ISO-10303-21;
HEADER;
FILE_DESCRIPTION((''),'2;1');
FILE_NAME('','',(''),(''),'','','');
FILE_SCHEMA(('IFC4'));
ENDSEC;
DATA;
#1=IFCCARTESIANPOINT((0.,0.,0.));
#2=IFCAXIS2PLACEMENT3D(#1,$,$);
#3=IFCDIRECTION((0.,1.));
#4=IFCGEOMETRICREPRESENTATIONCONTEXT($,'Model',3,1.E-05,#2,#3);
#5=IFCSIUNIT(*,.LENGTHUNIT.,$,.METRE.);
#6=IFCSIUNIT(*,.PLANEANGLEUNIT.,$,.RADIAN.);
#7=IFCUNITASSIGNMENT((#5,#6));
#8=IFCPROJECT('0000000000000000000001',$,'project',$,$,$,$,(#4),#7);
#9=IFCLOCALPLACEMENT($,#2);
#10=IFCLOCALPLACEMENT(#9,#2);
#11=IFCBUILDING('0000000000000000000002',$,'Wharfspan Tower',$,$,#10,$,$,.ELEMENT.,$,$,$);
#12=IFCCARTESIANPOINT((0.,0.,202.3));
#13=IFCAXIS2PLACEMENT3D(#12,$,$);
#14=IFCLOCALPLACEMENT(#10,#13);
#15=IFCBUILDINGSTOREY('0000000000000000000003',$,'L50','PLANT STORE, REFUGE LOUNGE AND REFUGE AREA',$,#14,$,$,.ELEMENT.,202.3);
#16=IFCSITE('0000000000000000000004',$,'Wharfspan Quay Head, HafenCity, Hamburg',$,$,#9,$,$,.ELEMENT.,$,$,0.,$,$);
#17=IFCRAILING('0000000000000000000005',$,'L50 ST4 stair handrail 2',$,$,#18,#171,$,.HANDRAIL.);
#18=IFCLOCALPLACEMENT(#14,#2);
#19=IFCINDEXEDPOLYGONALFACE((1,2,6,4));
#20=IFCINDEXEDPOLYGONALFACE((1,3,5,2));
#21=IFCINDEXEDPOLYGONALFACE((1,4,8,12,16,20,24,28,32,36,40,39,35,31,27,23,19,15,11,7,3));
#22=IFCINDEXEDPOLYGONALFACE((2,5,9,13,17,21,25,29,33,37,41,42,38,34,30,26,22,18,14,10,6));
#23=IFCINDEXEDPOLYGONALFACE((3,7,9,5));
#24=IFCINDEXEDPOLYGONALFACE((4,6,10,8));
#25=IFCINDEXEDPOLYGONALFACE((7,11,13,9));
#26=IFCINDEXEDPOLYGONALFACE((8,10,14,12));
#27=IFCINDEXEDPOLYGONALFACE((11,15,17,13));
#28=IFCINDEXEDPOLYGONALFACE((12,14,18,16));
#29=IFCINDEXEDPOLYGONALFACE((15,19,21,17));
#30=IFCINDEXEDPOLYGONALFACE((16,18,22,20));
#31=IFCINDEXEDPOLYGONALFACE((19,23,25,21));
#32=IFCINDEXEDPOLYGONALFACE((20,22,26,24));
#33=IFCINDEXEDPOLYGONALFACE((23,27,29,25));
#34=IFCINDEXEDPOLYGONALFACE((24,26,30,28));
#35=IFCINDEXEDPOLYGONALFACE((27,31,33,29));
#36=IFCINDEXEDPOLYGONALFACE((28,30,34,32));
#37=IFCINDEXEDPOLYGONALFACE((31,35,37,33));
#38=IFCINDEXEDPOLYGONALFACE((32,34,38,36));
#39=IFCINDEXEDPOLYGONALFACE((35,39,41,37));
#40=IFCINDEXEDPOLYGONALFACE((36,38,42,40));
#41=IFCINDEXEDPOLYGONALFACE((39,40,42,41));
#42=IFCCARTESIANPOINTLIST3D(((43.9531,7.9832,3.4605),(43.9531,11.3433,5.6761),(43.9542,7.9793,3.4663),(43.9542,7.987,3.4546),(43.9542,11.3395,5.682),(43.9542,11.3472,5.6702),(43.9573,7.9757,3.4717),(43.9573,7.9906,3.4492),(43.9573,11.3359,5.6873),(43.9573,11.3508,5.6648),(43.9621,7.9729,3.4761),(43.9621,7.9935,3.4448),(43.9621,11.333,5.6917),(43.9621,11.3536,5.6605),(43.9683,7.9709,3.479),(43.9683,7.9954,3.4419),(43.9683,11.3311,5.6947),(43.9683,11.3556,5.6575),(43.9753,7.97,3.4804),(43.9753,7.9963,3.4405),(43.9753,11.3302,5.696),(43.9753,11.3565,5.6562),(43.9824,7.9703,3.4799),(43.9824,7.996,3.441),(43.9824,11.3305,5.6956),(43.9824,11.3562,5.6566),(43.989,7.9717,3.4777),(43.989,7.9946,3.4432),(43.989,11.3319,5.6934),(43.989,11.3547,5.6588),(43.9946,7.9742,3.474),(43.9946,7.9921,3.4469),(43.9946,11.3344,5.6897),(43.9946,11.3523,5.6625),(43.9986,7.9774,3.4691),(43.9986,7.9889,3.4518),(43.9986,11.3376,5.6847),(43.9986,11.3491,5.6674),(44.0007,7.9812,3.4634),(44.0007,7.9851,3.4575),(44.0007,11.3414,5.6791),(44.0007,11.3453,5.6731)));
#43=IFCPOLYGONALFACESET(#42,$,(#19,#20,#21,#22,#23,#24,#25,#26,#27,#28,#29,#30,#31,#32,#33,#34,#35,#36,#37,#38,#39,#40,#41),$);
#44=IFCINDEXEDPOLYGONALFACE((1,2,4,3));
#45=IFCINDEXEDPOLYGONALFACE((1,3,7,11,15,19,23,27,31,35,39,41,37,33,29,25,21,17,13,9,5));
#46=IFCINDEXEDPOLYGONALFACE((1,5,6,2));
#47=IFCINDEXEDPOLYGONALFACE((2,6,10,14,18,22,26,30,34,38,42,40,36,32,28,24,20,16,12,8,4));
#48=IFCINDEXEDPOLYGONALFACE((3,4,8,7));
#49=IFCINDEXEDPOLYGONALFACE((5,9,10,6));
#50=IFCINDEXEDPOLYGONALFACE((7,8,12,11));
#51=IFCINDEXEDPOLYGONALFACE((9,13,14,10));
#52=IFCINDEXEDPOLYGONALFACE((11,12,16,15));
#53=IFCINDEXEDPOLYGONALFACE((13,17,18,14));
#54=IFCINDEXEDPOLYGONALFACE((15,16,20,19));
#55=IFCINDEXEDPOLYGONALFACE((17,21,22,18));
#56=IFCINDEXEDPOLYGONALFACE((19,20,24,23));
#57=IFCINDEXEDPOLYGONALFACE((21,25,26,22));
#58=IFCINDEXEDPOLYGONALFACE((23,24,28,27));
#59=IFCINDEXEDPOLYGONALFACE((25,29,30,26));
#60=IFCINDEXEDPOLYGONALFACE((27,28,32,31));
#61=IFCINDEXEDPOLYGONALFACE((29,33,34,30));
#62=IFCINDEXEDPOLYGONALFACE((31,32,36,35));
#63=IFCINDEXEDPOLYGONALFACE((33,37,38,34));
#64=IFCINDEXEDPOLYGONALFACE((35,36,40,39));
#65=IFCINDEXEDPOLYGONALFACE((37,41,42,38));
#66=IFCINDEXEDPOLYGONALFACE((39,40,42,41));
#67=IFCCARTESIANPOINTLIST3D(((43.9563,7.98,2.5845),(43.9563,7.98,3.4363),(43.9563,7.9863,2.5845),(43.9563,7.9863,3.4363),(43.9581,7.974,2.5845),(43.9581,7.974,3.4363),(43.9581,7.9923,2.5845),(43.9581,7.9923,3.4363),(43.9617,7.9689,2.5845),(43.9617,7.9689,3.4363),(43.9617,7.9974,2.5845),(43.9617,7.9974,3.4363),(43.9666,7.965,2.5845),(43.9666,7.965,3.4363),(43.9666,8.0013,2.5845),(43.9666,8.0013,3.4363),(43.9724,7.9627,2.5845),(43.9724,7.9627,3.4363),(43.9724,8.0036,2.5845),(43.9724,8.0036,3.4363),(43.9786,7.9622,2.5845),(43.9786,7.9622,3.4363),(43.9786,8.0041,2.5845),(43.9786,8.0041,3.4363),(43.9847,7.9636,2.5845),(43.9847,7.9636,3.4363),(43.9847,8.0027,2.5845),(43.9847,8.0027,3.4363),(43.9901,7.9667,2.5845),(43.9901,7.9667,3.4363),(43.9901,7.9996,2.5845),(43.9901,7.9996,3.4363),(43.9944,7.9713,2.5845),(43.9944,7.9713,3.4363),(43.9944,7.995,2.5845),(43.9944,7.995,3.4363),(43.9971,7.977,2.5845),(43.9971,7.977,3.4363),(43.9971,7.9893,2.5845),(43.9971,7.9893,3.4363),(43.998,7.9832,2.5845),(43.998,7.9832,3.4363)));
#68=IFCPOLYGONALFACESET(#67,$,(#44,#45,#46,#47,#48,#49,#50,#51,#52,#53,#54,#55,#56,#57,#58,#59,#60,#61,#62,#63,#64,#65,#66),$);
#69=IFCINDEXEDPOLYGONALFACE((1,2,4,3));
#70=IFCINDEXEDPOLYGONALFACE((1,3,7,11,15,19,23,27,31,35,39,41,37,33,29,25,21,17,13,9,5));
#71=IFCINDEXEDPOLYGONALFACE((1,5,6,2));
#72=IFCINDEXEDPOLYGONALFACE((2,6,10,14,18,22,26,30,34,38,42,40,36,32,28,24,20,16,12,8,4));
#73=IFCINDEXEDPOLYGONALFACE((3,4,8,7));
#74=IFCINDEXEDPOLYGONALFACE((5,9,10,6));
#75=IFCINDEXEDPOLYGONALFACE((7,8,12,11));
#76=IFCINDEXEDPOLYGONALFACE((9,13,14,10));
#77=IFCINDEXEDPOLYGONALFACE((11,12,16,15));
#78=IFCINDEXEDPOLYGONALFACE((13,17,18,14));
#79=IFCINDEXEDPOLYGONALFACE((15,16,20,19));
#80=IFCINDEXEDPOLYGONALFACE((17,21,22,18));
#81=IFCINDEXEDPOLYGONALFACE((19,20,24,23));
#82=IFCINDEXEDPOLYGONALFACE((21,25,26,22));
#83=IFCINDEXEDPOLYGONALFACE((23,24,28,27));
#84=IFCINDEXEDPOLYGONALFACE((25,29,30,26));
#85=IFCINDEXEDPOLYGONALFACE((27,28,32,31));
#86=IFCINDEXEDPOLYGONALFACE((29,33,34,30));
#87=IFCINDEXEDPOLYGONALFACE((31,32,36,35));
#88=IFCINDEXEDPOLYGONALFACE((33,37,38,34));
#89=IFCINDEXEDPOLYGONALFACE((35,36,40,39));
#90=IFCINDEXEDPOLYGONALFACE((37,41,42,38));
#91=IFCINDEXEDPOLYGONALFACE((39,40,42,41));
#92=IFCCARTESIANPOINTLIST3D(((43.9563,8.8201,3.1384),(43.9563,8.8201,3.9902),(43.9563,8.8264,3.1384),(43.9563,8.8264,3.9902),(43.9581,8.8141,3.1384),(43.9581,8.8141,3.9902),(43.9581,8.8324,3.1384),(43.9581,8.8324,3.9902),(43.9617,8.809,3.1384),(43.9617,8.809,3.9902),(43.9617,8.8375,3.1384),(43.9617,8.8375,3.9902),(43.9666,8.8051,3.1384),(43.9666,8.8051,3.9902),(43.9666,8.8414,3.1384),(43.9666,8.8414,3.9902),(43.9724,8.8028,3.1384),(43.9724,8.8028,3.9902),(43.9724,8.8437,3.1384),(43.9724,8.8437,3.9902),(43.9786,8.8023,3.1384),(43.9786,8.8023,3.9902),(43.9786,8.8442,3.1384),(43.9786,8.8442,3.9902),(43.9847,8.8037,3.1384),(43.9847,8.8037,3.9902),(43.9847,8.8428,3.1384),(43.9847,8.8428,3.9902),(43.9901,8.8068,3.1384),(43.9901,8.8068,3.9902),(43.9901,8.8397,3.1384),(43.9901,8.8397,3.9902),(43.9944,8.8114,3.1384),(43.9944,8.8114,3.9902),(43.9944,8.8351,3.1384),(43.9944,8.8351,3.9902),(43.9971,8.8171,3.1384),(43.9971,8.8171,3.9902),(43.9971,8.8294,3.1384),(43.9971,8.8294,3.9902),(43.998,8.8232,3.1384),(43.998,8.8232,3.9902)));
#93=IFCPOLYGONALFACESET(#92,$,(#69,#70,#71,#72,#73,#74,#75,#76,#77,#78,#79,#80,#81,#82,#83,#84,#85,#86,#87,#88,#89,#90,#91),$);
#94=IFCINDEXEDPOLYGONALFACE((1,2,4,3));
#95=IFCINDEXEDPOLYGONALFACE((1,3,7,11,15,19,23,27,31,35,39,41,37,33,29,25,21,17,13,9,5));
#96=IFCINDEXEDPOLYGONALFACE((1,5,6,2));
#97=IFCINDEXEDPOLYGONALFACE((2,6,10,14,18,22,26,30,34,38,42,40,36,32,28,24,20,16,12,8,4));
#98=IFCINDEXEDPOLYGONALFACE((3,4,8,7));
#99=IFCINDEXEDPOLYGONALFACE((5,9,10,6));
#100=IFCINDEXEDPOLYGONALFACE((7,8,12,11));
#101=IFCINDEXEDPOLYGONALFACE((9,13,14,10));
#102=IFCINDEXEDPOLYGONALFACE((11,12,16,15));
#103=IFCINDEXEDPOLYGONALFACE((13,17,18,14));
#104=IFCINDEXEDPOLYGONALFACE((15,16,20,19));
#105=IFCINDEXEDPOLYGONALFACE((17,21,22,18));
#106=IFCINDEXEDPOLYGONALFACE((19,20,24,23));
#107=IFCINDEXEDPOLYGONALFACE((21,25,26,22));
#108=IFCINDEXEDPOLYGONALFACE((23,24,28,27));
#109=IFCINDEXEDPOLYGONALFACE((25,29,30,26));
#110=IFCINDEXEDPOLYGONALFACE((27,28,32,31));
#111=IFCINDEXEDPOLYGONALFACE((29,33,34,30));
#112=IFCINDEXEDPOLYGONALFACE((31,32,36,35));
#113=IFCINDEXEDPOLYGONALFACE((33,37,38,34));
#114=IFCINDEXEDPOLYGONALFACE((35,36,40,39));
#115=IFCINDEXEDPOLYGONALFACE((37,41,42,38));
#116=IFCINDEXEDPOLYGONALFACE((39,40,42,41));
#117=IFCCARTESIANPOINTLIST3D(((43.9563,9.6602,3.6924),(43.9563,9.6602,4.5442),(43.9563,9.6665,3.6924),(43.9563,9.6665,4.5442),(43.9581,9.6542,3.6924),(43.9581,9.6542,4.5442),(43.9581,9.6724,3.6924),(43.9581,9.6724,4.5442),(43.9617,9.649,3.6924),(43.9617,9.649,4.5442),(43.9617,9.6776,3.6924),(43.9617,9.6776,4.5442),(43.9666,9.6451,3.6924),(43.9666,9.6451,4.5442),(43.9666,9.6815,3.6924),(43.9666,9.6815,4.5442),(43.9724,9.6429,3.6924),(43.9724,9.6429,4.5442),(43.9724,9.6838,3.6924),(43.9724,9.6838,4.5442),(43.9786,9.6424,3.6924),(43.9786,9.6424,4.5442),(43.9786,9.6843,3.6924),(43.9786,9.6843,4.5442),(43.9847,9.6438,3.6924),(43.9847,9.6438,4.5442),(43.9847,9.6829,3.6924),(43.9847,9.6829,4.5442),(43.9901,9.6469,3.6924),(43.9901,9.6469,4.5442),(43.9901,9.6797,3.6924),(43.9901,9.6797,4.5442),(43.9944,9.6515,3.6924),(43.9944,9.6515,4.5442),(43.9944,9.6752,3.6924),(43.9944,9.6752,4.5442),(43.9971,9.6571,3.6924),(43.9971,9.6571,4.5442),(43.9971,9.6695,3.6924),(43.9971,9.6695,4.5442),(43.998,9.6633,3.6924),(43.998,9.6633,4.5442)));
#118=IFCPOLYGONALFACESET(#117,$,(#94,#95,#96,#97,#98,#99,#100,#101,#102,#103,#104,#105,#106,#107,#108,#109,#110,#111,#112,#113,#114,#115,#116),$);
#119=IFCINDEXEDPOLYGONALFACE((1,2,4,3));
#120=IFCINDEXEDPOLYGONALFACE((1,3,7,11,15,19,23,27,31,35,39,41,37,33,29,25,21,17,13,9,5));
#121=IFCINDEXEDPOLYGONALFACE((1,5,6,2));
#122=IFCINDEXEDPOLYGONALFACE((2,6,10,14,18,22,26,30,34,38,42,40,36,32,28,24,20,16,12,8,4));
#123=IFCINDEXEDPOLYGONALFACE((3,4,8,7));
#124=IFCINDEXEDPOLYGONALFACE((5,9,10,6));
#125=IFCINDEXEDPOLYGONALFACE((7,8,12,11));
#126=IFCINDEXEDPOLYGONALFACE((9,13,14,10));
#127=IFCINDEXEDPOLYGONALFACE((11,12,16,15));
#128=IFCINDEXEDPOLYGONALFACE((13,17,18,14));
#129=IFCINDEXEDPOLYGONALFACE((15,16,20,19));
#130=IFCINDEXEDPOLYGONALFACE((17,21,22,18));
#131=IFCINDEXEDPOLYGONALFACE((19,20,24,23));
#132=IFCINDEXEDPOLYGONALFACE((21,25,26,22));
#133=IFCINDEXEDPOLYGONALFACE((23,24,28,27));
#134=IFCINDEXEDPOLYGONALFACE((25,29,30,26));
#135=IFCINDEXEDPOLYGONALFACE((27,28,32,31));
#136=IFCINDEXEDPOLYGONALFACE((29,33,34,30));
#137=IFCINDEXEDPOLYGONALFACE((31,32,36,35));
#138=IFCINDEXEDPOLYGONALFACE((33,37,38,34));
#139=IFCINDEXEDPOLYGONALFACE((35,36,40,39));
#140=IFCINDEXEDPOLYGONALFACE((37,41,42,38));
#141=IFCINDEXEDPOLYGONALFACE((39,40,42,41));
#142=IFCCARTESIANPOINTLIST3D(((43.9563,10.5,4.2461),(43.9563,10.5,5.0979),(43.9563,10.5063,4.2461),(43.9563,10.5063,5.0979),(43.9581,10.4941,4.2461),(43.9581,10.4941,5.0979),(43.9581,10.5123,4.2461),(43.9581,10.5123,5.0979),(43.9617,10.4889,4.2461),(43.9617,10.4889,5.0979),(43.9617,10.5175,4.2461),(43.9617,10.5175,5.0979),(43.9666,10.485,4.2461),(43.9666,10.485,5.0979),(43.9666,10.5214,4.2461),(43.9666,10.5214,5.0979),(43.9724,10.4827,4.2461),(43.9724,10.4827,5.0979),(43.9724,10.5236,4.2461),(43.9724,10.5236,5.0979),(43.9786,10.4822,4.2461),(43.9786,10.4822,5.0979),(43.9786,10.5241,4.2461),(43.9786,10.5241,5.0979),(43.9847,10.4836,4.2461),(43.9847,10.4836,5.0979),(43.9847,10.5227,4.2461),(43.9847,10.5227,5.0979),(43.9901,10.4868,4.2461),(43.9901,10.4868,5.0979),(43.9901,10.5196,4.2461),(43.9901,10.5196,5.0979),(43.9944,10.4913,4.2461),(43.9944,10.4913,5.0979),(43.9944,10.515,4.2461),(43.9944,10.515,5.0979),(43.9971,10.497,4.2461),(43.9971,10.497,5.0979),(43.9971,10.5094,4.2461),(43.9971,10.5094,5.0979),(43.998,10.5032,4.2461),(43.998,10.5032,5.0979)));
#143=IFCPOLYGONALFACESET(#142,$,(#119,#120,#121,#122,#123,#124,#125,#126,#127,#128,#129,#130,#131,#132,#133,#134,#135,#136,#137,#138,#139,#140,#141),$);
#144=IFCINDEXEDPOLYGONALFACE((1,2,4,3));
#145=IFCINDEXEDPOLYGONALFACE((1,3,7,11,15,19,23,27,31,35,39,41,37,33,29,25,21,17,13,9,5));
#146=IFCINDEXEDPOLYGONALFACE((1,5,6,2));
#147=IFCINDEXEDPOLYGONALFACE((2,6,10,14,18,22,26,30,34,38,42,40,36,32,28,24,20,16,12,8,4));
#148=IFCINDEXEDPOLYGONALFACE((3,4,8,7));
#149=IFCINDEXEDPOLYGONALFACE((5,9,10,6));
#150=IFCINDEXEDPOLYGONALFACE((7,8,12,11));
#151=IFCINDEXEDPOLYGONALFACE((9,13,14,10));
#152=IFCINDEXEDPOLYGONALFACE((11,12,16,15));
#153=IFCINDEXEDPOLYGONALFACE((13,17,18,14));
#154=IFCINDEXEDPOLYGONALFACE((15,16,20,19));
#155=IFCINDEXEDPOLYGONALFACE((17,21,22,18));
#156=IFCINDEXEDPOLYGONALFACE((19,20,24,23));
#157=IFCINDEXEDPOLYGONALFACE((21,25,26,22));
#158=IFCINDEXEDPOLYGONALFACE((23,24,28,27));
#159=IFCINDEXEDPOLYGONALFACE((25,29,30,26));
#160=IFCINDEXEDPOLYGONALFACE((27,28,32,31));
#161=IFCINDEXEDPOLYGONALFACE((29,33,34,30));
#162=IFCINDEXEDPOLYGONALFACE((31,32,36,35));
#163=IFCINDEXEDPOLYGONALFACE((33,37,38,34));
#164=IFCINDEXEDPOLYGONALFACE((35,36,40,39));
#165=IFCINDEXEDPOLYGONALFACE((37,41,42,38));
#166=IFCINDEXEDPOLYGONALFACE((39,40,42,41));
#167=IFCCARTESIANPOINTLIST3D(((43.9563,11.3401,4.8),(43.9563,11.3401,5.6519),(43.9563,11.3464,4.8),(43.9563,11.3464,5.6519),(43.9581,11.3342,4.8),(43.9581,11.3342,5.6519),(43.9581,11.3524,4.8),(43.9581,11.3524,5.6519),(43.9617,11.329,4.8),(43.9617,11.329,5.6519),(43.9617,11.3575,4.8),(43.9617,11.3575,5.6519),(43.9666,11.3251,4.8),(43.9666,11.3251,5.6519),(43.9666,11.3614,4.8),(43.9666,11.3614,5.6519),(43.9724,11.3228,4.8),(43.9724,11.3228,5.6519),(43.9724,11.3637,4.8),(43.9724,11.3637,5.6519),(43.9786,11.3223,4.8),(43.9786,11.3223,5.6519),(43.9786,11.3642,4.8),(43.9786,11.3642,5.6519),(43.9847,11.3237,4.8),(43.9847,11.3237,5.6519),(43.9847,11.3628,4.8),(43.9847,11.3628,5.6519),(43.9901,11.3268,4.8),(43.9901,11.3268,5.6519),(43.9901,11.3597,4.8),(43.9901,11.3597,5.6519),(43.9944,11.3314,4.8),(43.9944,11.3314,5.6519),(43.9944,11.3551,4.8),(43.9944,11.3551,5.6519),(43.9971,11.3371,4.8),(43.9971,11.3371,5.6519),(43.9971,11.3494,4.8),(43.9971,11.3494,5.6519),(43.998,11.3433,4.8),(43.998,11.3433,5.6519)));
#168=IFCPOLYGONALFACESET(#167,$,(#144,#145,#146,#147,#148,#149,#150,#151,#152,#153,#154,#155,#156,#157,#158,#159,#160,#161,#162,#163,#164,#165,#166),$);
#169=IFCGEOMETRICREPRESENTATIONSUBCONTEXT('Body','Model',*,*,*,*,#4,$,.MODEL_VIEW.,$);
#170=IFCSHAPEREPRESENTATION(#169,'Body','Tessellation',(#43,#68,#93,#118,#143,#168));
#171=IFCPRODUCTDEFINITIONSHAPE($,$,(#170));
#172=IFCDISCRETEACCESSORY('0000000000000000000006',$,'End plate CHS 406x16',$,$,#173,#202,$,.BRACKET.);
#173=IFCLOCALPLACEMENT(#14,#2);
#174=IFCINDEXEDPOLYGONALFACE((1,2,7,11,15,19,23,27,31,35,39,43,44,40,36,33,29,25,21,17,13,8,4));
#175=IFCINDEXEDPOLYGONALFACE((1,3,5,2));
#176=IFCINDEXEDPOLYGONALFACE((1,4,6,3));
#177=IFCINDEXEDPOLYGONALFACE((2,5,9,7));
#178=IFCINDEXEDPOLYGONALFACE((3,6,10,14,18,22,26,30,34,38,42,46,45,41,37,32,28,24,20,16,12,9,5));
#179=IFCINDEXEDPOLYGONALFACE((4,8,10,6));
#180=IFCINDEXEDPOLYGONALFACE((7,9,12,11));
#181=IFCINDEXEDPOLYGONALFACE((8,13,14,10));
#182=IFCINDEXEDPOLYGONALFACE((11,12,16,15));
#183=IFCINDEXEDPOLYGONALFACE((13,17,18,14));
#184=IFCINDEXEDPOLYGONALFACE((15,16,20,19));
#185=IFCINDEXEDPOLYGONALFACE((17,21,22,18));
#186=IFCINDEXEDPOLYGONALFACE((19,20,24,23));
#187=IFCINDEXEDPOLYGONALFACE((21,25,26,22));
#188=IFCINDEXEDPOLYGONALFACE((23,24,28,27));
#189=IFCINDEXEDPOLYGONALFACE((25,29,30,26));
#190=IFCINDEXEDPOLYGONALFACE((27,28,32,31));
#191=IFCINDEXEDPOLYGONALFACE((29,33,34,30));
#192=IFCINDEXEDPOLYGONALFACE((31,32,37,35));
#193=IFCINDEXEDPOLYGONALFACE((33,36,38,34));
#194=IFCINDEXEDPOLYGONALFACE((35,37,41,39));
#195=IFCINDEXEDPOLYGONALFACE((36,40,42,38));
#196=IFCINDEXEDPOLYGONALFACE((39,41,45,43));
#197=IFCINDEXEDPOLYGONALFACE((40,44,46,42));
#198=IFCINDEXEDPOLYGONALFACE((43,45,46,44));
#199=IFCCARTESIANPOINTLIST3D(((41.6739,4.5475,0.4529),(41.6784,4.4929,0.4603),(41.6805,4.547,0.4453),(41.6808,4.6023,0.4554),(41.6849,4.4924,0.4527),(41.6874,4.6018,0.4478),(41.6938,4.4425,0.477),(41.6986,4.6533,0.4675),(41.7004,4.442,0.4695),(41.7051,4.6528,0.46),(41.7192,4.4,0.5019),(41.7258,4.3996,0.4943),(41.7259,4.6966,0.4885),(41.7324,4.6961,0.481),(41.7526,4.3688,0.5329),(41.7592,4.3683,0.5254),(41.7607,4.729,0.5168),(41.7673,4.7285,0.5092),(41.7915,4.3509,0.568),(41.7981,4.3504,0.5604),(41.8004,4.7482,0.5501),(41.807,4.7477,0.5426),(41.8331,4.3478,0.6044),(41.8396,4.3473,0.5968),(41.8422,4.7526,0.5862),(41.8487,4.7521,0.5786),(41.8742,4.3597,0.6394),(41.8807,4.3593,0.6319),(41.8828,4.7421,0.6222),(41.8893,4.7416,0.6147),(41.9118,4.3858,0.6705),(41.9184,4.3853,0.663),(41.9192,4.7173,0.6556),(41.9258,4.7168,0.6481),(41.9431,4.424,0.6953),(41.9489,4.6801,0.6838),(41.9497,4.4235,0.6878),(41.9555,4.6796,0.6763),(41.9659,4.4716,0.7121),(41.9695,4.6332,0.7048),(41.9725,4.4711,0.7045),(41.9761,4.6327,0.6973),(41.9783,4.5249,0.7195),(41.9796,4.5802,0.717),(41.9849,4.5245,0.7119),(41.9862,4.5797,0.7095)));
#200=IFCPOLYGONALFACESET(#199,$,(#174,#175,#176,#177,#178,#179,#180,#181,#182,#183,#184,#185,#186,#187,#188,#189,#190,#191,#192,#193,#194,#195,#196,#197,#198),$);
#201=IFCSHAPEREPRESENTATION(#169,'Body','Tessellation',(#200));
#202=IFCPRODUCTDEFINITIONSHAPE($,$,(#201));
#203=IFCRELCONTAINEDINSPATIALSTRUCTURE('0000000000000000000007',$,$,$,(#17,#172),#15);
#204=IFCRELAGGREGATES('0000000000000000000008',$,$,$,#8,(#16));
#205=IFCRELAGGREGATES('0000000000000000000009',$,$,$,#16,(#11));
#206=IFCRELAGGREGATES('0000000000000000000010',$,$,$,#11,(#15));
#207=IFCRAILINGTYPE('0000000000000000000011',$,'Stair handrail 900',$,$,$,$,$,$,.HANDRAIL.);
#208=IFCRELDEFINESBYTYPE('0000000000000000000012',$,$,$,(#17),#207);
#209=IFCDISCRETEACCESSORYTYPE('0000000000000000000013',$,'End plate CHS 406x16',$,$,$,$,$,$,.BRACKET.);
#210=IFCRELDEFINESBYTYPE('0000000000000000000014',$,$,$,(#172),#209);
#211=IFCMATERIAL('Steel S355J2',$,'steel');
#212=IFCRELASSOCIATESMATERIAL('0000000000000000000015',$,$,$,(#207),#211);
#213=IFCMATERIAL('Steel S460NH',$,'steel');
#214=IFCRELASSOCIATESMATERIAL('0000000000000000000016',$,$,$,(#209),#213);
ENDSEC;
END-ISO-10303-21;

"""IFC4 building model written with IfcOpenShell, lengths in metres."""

from ifc_helpers import new_model, si_unit, direction, frame, origin, origin_2d, place, context, subcontext, project, spatial, circle, extrude, material, material_profile, profile_set, type_object, element, save


model = new_model("IFC4")

# Units and contexts
model_context = context("Model", 3, precision=1e-05, world=origin(), true_north=direction((0.0, 1.0)))
body_context = subcontext(model_context, "Body", "Model", "MODEL_VIEW")
ifc_project = project(units=[si_unit("LENGTHUNIT", "METRE"), si_unit("PLANEANGLEUNIT", "RADIAN")], contexts=[model_context])

# Site, building, storey
site_placement = place(None, origin())
site = spatial("IfcSite", under=ifc_project, at=site_placement, Name="Wharfspan Quay Head, HafenCity, Hamburg", CompositionType="ELEMENT", RefElevation=0.0)
building_placement = place(site_placement, origin())
building = spatial("IfcBuilding", under=site, at=building_placement, Name="Wharfspan Tower", CompositionType="ELEMENT")
storey_placement = place(building_placement, frame((0.0, 0.0, 202.3)))
storey = spatial("IfcBuildingStorey", under=building, at=storey_placement, Name="L50", Description="PLANT STORE, REFUGE LOUNGE AND REFUGE AREA", CompositionType="ELEMENT", Elevation=202.3)

# Shared definitions
ifc_material_1 = material(Name="Steel S460NH", Category="steel")

# Railing
ifc_material_2 = material(Name="Steel S355J2", Category="steel")
railing_type_1 = type_object("IfcRailingType", Name="Stair handrail 900", PredefinedType="HANDRAIL", material=ifc_material_2)
railing_1_placement = place(storey_placement, frame((43.9771, 7.9832, 2.5845)))
element("IfcRailing", 1, at=railing_1_placement, inside=storey, type_object=railing_type_1, Name="L50 ST4 stair handrail 2", PredefinedType="HANDRAIL", context=body_context, shape_type="SweptSolid", body=[
    extrude(circle(Radius=0.0239, at=origin_2d()), frame((0.0, 0.0, 0.876), z_axis=(0.0, 0.834849, 0.55048), x_axis=(-1.0, 0.0, 0.0)), (0.0, 0.0, 1.0), 4.0249),
    extrude(circle(Radius=0.021, at=origin_2d()), origin(), (0.0, 0.0, 1.0), 0.8518),
    extrude(circle(Radius=0.021, at=origin_2d()), frame((0.0, 0.8401, 0.554)), (0.0, 0.0, 1.0), 0.8518),
    extrude(circle(Radius=0.021, at=origin_2d()), frame((0.0, 1.6802, 1.1079)), (0.0, 0.0, 1.0), 0.8518),
    extrude(circle(Radius=0.021, at=origin_2d()), frame((0.0, 2.52, 1.6616)), (0.0, 0.0, 1.0), 0.8518),
    extrude(circle(Radius=0.021, at=origin_2d()), frame((0.0, 3.3601, 2.2156)), (0.0, 0.0, 1.0), 0.8518),
])

# Discrete accessory
ifc_material_profile_1 = material_profile(ifc_material_1, circle(Radius=0.2031, at=origin_2d()))
ifc_profile_set_1 = profile_set([ifc_material_profile_1], Name="Steel S460NH")
discrete_accessory_type = type_object("IfcDiscreteAccessoryType", Name="End plate CHS 406x16", PredefinedType="BRACKET", material=ifc_profile_set_1)
for number, where, z_axis, x_axis, name in (
    (2, (41.8271, 4.55, 0.5862), (0.656005, -0.048593, -0.753191), (0.073872, 0.997271, 0.0), "End plate CHS 406x16"),
):
    element("IfcDiscreteAccessory", number, at=place(storey_placement, frame(where, z_axis=z_axis, x_axis=x_axis)), inside=storey, type_object=discrete_accessory_type, Name=name, PredefinedType="BRACKET", context=body_context, shape_type="SweptSolid", body=[
        extrude(circle(Radius=0.2031, at=origin_2d()), origin(), (0.0, 0.0, 1.0), 0.01),
    ])

save(model, "model.ifc")
